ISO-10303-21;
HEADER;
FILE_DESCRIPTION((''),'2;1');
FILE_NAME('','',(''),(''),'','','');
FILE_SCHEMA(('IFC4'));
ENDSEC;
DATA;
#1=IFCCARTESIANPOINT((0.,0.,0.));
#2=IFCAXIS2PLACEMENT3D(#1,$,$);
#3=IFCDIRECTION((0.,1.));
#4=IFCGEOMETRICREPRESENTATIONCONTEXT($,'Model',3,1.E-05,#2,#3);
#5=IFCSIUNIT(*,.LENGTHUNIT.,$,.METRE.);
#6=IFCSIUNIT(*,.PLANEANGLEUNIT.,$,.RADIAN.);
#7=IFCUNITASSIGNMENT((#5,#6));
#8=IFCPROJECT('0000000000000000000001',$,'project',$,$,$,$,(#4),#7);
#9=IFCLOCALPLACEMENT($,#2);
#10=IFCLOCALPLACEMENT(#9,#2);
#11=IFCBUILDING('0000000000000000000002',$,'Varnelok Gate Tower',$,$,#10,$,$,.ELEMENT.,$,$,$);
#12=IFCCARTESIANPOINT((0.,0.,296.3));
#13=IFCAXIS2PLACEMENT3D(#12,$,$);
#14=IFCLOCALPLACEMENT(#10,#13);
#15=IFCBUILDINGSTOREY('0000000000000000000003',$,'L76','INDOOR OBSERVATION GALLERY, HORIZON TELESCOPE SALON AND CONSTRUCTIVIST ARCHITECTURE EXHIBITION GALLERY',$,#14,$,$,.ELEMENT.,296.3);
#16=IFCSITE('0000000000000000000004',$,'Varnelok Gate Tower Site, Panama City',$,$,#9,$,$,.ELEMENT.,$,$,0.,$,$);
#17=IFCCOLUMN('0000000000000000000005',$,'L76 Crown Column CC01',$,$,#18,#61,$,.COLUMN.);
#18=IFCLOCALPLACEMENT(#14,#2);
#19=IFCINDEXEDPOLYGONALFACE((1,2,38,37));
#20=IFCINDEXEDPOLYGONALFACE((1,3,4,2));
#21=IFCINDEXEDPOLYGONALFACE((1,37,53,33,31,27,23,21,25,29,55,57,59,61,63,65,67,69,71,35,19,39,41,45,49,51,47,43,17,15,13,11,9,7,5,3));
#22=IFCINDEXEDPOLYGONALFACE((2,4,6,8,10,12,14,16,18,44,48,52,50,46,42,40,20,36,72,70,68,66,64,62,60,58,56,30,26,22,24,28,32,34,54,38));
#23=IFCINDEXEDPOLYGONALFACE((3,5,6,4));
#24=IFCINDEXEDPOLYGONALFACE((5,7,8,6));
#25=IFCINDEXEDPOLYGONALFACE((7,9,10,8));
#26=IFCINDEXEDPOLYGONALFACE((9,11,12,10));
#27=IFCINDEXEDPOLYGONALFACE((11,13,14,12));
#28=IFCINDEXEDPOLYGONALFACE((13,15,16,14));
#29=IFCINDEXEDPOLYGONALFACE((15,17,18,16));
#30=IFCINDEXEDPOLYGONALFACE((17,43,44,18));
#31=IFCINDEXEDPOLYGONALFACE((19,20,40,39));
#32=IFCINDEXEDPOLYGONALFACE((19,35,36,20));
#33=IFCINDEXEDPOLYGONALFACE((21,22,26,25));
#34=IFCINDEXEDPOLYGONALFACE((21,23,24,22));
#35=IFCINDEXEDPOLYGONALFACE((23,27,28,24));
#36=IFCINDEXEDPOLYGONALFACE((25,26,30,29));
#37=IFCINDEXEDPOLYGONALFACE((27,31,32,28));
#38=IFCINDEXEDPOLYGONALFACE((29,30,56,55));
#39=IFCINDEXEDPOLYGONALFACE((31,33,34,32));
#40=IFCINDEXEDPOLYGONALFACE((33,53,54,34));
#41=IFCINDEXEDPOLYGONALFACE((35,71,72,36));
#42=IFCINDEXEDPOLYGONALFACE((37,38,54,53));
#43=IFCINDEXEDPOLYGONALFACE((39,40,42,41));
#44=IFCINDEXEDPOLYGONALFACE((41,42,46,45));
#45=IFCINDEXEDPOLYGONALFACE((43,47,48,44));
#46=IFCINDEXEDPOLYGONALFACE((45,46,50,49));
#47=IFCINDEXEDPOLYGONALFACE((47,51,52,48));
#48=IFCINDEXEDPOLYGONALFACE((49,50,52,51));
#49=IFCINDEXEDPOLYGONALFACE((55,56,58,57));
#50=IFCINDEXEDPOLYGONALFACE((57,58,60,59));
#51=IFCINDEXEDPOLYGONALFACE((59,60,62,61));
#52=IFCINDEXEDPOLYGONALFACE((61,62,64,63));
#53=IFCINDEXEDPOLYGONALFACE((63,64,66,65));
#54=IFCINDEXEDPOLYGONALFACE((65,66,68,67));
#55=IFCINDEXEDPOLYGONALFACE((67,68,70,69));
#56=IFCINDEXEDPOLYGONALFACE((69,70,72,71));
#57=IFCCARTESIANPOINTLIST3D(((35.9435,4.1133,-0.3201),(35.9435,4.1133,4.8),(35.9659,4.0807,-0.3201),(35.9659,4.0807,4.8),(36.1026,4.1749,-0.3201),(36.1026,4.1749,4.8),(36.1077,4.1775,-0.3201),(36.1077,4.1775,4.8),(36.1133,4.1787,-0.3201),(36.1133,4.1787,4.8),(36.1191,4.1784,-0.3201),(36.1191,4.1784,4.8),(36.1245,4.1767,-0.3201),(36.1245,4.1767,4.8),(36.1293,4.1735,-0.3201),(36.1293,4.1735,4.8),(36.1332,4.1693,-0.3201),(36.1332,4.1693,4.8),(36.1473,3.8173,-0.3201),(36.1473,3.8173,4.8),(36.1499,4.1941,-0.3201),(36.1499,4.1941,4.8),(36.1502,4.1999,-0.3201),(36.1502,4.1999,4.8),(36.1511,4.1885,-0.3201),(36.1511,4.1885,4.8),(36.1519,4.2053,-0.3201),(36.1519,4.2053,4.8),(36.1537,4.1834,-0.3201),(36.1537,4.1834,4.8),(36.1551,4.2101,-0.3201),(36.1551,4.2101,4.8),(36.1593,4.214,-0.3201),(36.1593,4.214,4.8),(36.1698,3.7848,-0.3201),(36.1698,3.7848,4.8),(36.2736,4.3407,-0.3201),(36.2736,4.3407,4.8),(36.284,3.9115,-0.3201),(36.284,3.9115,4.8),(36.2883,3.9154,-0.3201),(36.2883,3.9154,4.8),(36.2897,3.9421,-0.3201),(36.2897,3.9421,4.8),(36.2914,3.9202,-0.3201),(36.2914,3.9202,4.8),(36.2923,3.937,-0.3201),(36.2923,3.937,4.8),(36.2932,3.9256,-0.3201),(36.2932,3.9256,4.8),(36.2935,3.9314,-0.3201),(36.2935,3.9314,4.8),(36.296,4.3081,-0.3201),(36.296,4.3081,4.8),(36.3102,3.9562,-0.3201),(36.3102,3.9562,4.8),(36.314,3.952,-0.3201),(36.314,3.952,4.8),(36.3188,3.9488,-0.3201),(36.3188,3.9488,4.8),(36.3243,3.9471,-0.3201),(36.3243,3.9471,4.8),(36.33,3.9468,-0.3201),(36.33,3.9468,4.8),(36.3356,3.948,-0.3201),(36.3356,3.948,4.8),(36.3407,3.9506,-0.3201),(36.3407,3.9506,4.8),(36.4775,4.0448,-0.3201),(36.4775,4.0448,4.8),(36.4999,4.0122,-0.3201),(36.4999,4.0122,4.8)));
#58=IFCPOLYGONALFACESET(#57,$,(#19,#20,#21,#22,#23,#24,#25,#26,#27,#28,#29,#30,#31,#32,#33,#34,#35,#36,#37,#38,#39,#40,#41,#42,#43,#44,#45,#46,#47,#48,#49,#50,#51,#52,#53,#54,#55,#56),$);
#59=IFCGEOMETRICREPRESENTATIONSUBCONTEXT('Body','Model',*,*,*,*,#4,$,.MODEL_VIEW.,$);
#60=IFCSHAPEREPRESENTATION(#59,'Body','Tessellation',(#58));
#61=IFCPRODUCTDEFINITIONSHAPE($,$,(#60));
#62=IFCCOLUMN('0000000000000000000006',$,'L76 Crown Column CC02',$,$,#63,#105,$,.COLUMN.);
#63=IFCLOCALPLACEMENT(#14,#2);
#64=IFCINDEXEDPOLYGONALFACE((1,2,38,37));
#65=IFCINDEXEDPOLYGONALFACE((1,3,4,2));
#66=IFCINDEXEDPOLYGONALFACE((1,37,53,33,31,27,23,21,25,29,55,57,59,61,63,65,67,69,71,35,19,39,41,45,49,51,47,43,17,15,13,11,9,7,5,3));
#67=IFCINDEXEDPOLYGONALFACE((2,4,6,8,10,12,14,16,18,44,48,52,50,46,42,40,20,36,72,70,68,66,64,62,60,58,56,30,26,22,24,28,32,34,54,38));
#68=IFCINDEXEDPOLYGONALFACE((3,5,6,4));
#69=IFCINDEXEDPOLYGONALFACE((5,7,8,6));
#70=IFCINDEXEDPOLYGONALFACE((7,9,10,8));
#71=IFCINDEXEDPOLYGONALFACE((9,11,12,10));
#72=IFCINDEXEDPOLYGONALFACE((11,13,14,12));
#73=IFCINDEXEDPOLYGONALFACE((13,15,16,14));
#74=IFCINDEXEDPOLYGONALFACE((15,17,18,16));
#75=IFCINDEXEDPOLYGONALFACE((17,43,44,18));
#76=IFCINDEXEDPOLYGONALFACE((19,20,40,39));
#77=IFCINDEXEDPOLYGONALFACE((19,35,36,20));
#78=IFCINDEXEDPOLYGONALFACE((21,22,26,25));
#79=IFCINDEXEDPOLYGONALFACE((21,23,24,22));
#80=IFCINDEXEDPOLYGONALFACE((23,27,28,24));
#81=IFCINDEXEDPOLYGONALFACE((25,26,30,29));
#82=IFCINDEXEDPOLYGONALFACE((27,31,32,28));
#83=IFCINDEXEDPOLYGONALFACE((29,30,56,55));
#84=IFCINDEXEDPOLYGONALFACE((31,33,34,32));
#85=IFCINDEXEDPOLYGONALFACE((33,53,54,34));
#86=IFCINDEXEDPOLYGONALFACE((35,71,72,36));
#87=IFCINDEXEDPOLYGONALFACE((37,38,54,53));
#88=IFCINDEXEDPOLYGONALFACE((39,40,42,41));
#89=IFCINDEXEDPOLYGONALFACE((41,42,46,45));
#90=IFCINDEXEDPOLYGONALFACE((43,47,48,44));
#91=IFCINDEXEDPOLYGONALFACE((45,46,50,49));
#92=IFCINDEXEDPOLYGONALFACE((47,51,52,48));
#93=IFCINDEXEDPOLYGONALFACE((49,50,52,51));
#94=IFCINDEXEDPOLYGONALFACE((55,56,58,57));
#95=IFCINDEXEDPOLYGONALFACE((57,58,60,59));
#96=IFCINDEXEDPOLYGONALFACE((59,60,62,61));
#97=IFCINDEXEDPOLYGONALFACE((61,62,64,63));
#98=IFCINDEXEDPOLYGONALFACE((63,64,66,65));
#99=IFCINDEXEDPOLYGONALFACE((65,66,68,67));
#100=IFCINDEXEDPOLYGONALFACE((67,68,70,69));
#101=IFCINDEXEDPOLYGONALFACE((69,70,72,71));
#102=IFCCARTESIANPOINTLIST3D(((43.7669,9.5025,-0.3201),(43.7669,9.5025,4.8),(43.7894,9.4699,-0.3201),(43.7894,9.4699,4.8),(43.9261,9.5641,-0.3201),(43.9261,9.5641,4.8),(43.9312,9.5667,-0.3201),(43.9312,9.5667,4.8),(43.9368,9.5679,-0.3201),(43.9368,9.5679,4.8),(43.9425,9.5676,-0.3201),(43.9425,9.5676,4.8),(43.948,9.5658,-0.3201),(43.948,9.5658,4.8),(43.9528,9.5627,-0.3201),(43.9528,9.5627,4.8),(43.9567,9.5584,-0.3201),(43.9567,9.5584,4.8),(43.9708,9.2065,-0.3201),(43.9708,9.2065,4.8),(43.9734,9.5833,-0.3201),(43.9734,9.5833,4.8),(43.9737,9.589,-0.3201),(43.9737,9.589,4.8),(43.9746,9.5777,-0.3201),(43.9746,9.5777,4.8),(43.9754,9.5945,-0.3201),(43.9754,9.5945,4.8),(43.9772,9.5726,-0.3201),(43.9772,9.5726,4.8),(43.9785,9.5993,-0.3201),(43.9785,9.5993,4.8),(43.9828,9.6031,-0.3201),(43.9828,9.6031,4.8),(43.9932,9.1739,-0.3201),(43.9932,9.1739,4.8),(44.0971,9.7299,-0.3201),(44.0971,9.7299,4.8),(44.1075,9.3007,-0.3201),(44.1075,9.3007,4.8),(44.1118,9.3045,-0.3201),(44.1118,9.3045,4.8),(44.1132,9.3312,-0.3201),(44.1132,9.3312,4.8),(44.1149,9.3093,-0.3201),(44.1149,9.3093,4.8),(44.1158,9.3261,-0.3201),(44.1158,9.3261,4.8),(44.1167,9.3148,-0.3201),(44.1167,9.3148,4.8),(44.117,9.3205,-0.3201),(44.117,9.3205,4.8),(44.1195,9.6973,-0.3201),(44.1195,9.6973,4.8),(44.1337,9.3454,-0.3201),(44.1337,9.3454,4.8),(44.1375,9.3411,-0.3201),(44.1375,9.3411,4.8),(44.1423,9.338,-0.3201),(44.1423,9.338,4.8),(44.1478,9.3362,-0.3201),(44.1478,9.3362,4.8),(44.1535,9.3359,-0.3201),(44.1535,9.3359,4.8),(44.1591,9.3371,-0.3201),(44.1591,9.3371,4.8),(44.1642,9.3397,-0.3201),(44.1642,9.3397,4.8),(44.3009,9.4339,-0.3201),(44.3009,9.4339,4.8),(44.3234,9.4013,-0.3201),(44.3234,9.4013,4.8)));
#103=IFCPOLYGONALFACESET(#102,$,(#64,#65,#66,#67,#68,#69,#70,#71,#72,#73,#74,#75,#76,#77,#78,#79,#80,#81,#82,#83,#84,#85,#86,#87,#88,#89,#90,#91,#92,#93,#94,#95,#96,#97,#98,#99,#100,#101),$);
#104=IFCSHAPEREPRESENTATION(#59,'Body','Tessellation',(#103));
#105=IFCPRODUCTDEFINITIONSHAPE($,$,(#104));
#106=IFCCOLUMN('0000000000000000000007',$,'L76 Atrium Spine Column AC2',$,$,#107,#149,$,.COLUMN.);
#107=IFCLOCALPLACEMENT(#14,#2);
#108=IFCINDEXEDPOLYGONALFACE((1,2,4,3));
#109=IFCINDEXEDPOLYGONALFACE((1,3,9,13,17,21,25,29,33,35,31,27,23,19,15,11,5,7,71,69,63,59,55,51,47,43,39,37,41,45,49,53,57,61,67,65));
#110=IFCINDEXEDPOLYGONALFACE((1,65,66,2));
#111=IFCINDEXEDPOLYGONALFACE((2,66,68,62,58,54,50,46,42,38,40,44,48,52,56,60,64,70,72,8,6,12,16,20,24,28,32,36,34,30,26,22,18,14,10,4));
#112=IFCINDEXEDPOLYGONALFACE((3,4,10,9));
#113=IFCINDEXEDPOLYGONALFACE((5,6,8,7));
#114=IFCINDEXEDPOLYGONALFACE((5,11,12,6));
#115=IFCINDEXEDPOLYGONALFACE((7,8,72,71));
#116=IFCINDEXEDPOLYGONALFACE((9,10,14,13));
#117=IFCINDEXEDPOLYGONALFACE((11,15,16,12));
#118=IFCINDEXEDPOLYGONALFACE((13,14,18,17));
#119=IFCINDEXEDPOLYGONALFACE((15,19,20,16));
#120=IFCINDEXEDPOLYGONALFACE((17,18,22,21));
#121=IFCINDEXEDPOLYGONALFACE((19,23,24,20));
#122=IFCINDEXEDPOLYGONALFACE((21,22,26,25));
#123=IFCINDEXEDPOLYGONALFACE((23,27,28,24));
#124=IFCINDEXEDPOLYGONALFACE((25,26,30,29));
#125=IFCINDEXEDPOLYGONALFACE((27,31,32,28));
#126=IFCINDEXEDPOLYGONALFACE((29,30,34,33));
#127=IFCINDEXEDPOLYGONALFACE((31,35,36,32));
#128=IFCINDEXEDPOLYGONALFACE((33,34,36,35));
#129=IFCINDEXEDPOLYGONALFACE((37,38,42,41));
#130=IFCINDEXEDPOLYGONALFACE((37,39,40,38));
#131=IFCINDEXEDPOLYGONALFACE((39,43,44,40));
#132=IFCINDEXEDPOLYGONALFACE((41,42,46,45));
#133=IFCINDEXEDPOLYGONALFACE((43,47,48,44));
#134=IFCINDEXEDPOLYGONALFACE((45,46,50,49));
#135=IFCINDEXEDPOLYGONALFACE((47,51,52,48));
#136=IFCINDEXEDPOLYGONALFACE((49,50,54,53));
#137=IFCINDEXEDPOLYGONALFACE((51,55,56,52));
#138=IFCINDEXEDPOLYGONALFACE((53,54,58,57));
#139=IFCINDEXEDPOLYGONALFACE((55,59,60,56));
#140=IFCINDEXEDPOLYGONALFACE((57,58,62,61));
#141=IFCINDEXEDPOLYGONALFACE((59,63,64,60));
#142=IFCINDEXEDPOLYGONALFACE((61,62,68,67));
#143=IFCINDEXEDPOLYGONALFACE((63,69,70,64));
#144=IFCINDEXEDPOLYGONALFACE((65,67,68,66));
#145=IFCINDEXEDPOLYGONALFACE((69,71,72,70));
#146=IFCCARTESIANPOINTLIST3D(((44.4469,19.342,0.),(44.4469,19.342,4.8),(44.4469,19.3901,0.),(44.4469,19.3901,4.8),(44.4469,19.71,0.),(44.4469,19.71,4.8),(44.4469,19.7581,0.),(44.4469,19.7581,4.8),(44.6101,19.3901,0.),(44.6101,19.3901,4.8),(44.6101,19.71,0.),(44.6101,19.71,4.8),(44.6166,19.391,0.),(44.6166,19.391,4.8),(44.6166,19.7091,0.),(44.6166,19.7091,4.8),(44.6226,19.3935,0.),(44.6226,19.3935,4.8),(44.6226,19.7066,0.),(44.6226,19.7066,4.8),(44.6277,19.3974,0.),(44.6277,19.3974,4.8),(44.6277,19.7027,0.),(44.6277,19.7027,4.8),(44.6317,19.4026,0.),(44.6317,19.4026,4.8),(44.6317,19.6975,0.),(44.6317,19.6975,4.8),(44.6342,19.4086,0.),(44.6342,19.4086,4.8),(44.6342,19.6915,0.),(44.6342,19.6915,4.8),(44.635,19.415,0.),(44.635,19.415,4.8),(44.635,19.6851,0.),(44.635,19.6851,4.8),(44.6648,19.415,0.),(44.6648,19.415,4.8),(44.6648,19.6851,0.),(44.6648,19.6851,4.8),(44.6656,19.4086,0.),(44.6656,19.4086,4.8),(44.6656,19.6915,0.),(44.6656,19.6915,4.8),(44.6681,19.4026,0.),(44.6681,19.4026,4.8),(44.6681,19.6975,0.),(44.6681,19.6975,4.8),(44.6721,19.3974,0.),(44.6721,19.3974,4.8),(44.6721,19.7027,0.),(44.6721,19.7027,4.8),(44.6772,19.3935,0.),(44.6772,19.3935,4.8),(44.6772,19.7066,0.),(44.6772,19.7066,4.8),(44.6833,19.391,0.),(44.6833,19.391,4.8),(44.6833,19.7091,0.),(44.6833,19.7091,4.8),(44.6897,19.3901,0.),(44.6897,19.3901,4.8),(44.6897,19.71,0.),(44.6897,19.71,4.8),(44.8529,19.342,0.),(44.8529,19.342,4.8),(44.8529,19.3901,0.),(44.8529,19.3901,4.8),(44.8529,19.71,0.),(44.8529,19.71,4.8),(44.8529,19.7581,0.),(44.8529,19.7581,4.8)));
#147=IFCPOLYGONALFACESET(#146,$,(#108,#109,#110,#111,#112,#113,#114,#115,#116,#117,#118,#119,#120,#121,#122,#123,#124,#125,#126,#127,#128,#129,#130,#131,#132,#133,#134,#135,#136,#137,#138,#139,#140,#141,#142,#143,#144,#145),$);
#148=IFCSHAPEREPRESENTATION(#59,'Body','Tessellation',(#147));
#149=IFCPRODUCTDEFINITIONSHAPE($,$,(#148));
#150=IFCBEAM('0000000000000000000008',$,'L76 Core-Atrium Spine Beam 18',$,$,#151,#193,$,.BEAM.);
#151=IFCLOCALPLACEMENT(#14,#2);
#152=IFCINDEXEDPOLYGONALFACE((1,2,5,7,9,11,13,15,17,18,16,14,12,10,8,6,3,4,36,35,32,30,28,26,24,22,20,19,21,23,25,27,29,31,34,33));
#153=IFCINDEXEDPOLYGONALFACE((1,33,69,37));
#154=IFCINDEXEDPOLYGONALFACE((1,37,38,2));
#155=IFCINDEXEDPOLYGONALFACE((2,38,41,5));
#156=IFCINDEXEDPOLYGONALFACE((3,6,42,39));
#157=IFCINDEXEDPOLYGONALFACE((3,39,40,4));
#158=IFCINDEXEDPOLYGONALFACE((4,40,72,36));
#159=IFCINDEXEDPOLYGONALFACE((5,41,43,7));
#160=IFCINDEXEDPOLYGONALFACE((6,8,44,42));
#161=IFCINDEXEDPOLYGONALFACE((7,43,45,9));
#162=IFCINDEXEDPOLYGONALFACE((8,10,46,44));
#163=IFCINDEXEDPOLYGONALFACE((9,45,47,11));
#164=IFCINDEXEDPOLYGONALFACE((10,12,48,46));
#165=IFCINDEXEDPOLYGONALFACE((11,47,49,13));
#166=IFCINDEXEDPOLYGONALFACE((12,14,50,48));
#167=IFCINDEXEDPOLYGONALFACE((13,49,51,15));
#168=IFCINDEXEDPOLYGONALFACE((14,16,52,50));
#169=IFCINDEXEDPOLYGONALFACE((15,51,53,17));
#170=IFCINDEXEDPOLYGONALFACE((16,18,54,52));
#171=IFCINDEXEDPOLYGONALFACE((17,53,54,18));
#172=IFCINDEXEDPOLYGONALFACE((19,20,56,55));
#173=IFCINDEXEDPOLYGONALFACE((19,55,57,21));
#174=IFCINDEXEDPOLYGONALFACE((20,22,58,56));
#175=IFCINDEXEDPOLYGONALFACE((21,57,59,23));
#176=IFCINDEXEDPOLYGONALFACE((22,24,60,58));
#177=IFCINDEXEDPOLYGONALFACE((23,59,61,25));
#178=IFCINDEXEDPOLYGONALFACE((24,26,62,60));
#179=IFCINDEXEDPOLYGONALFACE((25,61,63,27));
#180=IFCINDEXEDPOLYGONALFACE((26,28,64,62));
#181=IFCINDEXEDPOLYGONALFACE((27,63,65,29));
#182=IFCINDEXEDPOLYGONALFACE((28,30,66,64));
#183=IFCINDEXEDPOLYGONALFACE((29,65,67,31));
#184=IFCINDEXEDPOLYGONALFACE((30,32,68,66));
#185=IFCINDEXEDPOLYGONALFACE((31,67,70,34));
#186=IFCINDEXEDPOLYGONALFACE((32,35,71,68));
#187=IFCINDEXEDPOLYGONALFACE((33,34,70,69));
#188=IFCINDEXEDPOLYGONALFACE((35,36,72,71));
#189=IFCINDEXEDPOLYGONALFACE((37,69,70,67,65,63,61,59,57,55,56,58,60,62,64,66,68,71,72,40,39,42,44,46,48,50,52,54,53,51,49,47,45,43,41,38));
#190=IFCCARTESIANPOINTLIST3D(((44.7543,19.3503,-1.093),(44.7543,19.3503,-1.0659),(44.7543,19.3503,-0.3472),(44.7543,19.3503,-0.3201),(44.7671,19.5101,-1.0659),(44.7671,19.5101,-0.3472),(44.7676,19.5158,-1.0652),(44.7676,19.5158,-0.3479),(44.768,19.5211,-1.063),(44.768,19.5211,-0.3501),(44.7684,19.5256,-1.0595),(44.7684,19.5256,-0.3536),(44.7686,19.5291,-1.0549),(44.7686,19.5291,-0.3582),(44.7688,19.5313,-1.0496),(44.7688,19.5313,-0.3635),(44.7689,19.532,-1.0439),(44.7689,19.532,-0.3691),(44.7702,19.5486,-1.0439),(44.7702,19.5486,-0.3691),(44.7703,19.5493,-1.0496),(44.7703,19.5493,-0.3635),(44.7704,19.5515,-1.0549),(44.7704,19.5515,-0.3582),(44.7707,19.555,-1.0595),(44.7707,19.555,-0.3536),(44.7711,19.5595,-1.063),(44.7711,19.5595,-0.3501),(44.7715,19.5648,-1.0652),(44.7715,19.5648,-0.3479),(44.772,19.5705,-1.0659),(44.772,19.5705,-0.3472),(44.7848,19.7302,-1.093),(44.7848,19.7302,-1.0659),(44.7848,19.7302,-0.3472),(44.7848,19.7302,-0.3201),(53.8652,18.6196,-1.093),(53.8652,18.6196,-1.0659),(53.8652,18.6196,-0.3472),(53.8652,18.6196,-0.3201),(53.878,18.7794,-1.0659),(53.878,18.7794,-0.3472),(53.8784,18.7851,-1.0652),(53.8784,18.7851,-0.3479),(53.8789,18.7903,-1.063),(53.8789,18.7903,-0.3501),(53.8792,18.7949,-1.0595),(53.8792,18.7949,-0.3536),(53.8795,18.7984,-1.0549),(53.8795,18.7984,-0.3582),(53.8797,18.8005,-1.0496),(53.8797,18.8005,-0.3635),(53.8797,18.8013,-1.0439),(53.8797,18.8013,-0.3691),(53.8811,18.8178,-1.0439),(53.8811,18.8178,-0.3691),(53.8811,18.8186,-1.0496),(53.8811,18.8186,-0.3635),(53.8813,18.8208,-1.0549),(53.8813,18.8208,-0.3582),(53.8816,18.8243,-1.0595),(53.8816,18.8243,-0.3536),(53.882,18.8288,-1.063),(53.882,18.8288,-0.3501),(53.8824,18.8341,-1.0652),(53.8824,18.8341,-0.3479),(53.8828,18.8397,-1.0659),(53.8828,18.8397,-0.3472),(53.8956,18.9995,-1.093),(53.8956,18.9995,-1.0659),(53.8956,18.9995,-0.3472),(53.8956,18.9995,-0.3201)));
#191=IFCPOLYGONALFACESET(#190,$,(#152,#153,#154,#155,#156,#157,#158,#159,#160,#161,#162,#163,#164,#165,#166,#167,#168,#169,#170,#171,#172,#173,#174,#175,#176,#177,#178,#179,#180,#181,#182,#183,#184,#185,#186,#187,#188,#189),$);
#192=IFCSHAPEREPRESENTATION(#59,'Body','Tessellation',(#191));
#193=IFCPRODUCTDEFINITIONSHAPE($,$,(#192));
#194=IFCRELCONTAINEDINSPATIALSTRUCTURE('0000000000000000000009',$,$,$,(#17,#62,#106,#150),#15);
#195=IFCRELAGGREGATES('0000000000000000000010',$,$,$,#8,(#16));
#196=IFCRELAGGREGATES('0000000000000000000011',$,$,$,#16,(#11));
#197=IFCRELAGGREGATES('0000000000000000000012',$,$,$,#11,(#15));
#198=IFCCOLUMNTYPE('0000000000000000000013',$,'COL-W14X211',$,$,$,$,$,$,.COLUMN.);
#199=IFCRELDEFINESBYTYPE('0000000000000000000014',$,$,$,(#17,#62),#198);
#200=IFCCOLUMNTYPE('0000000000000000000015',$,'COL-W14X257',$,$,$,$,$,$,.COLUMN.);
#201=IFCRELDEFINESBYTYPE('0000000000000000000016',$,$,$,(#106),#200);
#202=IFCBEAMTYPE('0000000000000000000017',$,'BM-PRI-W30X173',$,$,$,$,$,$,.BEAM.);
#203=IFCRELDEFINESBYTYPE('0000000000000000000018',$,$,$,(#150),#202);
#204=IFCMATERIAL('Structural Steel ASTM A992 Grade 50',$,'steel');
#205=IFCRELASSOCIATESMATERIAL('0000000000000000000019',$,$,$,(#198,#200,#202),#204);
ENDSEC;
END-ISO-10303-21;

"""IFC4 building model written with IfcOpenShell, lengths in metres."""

from ifc_helpers import new_model, si_unit, direction, frame, origin, origin_2d, place, context, subcontext, project, spatial, i_section, extrude, material, material_profile, profile_set, type_object, element, save


model = new_model("IFC4")

# Units and contexts
model_context = context("Model", 3, precision=1e-05, world=origin(), true_north=direction((0.0, 1.0)))
body_context = subcontext(model_context, "Body", "Model", "MODEL_VIEW")
ifc_project = project(units=[si_unit("LENGTHUNIT", "METRE"), si_unit("PLANEANGLEUNIT", "RADIAN")], contexts=[model_context])

# Site, building, storey
site_placement = place(None, origin())
site = spatial("IfcSite", under=ifc_project, at=site_placement, Name="Varnelok Gate Tower Site, Panama City", CompositionType="ELEMENT", RefElevation=0.0)
building_placement = place(site_placement, origin())
building = spatial("IfcBuilding", under=site, at=building_placement, Name="Varnelok Gate Tower", CompositionType="ELEMENT")
storey_placement = place(building_placement, frame((0.0, 0.0, 296.3)))
storey = spatial("IfcBuildingStorey", under=building, at=storey_placement, Name="L76", Description="INDOOR OBSERVATION GALLERY, HORIZON TELESCOPE SALON AND CONSTRUCTIVIST ARCHITECTURE EXHIBITION GALLERY", CompositionType="ELEMENT", Elevation=296.3)

# Columns
ifc_material_1 = material(Name="Structural Steel ASTM A992 Grade 50", Category="steel")
ifc_material_profile_1 = material_profile(ifc_material_1, i_section(OverallWidth=0.4009, OverallDepth=0.3989, WebThickness=0.0249, FlangeThickness=0.0396, FilletRadius=0.022, at=origin_2d()), Name="W14X211")
ifc_profile_set_1 = profile_set([ifc_material_profile_1], Name="Structural Steel ASTM A992 Grade 50")
column_type_1 = type_object("IfcColumnType", Name="COL-W14X211", PredefinedType="COLUMN", material=ifc_profile_set_1)
for number, where, z_axis, x_axis, name in (
    (1, (36.2217, 4.0627, -0.3201), (0.0, 0.0, 1.0), (0.823533, 0.567269, 0.0), "L76 Crown Column CC01"),
    (2, (44.0452, 9.4519, -0.3201), (0.0, 0.0, 1.0), (0.823533, 0.567269, 0.0), "L76 Crown Column CC02"),
):
    element("IfcColumn", number, at=place(storey_placement, frame(where, z_axis=z_axis, x_axis=x_axis)), inside=storey, type_object=column_type_1, Name=name, PredefinedType="COLUMN", context=body_context, shape_type="SweptSolid", body=[
        extrude(i_section(OverallWidth=0.4009, OverallDepth=0.3989, WebThickness=0.0249, FlangeThickness=0.0396, FilletRadius=0.022, at=origin_2d()), origin(), (0.0, 0.0, 1.0), 5.1201),
    ])
ifc_material_profile_2 = material_profile(ifc_material_1, i_section(OverallWidth=0.406, OverallDepth=0.416, WebThickness=0.0298, FlangeThickness=0.0481, FilletRadius=0.0249, at=origin_2d()), Name="W14X257")
ifc_profile_set_2 = profile_set([ifc_material_profile_2], Name="Structural Steel ASTM A992 Grade 50")
column_type_2 = type_object("IfcColumnType", Name="COL-W14X257", PredefinedType="COLUMN", material=ifc_profile_set_2)
column_placement = place(storey_placement, frame((44.6499, 19.55, 0.0), z_axis=(0.0, 0.0, 1.0), x_axis=(1.0, 0.0, 0.0)))
element("IfcColumn", 3, at=column_placement, inside=storey, type_object=column_type_2, Name="L76 Atrium Spine Column AC2", PredefinedType="COLUMN", context=body_context, shape_type="SweptSolid", body=[
    extrude(i_section(OverallWidth=0.406, OverallDepth=0.416, WebThickness=0.0298, FlangeThickness=0.0481, FilletRadius=0.0249, at=origin_2d()), origin(), (0.0, 0.0, 1.0), 4.8),
])

# Beam
ifc_material_profile_3 = material_profile(ifc_material_1, i_section(OverallWidth=0.3811, OverallDepth=0.7729, WebThickness=0.0166, FlangeThickness=0.0271, FilletRadius=0.022, at=origin_2d()), Name="W30X173")
ifc_profile_set_3 = profile_set([ifc_material_profile_3], Name="Structural Steel ASTM A992 Grade 50")
beam_type_1 = type_object("IfcBeamType", Name="BM-PRI-W30X173", PredefinedType="BEAM", material=ifc_profile_set_3)
beam_1_placement = place(storey_placement, frame((44.7695, 19.5403, -0.7065), z_axis=(0.996799, -0.079946, 0.0), x_axis=(0.079946, 0.996799, 0.0)))
element("IfcBeam", 4, at=beam_1_placement, inside=storey, type_object=beam_type_1, Name="L76 Core-Atrium Spine Beam 18", PredefinedType="BEAM", context=body_context, shape_type="SweptSolid", body=[
    extrude(i_section(OverallWidth=0.3811, OverallDepth=0.7729, WebThickness=0.0166, FlangeThickness=0.0271, FilletRadius=0.022, at=origin_2d()), origin(), (0.0, 0.0, 1.0), 9.1401),
])

save(model, "model.ifc")
